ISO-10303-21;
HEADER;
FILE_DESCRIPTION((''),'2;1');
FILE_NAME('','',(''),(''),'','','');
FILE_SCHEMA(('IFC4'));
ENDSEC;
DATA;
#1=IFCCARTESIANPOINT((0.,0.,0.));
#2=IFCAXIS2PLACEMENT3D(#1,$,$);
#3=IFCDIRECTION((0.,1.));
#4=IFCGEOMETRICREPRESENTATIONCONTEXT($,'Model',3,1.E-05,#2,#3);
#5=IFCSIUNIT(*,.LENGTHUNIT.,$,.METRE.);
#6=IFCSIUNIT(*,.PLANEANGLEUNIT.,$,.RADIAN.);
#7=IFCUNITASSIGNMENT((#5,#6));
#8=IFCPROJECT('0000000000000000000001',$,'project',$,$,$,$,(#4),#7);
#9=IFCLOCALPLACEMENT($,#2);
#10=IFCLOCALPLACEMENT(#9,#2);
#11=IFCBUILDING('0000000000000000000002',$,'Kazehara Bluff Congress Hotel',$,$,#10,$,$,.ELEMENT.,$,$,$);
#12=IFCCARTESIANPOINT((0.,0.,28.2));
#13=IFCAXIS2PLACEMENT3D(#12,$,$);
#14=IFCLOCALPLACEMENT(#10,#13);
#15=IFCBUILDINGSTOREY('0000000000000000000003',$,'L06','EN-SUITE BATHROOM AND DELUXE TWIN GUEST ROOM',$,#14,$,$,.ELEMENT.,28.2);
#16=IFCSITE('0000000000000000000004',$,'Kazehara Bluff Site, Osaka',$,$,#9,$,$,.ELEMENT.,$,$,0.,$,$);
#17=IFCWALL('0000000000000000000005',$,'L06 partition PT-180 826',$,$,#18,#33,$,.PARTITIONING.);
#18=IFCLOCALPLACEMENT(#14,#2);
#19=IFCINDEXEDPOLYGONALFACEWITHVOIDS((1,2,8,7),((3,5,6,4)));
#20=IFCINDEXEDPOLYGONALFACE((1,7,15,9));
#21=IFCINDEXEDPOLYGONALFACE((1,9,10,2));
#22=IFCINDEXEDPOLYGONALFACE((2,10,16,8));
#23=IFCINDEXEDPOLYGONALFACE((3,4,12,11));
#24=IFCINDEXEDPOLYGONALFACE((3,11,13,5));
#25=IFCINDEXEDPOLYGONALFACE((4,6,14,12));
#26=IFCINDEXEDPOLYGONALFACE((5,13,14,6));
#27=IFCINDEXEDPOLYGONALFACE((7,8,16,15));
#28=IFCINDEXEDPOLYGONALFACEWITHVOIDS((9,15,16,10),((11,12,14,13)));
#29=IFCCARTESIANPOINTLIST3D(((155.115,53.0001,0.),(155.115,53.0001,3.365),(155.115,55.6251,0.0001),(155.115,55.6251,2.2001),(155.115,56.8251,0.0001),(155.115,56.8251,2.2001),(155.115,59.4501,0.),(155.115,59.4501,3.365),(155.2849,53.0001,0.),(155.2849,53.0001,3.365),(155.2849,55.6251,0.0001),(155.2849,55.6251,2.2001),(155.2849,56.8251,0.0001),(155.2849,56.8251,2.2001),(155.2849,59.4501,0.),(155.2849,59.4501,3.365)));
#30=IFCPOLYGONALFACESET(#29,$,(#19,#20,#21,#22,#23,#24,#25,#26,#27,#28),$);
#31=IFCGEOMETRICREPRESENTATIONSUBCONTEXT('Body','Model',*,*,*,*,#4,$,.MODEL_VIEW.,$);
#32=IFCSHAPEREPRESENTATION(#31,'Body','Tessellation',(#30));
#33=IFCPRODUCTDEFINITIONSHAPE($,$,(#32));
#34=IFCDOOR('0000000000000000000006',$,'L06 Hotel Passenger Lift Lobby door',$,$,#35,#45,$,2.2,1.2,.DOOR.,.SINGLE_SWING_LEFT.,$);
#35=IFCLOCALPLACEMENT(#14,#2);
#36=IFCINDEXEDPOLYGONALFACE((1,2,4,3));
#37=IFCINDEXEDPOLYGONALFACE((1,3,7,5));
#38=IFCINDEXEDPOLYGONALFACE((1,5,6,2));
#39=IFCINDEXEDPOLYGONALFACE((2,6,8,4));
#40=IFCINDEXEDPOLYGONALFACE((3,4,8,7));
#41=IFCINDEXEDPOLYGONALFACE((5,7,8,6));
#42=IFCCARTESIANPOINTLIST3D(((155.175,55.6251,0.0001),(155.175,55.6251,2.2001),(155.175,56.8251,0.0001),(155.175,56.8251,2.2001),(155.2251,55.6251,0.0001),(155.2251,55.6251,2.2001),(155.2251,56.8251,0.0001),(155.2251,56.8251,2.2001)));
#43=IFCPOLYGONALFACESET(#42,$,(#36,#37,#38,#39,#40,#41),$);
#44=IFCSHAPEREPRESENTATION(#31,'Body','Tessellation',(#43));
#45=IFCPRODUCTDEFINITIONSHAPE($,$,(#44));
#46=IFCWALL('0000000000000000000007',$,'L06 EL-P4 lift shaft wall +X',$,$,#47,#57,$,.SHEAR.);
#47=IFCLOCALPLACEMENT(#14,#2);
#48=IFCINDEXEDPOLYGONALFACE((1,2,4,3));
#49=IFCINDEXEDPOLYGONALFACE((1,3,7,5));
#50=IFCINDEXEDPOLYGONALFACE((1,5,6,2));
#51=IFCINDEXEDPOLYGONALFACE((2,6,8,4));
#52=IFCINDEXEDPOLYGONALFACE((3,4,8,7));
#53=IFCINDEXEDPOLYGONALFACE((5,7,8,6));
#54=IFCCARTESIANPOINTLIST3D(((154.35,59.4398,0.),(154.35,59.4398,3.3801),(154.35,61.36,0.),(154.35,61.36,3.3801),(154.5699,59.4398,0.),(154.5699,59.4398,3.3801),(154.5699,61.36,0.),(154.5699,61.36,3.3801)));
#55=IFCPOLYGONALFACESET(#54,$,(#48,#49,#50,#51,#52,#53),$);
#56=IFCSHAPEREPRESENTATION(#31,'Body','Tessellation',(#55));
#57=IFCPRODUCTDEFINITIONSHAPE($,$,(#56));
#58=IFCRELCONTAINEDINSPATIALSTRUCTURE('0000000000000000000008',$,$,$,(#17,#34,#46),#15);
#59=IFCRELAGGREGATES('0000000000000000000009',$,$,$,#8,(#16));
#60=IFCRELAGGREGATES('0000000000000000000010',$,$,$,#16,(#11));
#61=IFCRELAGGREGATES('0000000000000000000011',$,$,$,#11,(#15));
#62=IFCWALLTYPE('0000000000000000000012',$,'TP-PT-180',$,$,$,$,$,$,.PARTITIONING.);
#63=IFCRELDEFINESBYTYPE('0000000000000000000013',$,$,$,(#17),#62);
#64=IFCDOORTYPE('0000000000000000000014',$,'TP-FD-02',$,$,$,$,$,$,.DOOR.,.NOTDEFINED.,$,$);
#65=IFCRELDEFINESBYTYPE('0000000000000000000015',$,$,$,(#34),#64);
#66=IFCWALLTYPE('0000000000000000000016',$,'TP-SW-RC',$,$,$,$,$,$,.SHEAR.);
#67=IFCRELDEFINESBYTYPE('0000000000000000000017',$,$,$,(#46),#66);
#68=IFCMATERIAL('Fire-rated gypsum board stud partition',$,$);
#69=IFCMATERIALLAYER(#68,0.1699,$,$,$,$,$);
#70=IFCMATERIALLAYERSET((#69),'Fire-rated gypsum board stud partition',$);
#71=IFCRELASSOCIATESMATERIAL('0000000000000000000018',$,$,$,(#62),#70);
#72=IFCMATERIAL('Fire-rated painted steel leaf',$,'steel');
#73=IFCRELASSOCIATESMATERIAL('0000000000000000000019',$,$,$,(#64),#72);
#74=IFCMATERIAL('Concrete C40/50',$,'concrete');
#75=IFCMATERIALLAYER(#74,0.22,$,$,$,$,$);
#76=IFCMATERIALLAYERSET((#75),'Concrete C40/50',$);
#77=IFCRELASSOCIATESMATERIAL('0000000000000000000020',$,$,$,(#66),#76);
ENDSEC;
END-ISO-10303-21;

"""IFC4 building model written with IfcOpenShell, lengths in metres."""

from ifc_helpers import new_model, si_unit, direction, frame, frame_2d, origin, place, context, subcontext, project, spatial, rectangle, extrude, material, layer, layer_set, type_object, element, fill, save


model = new_model("IFC4")

# Units and contexts
model_context = context("Model", 3, precision=1e-05, world=origin(), true_north=direction((0.0, 1.0)))
body_context = subcontext(model_context, "Body", "Model", "MODEL_VIEW")
ifc_project = project(units=[si_unit("LENGTHUNIT", "METRE"), si_unit("PLANEANGLEUNIT", "RADIAN")], contexts=[model_context])

# Site, building, storey
site_placement = place(None, origin())
site = spatial("IfcSite", under=ifc_project, at=site_placement, Name="Kazehara Bluff Site, Osaka", CompositionType="ELEMENT", RefElevation=0.0)
building_placement = place(site_placement, origin())
building = spatial("IfcBuilding", under=site, at=building_placement, Name="Kazehara Bluff Congress Hotel", CompositionType="ELEMENT")
storey_placement = place(building_placement, frame((0.0, 0.0, 28.2)))
storey = spatial("IfcBuildingStorey", under=building, at=storey_placement, Name="L06", Description="EN-SUITE BATHROOM AND DELUXE TWIN GUEST ROOM", CompositionType="ELEMENT", Elevation=28.2)

# Wall, opening, door
ifc_material_1 = material(Name="Fire-rated gypsum board stud partition")
ifc_layer_1 = layer(ifc_material_1, 0.1699)
ifc_layer_set_1 = layer_set([ifc_layer_1], Name="Fire-rated gypsum board stud partition")
wall_type_1 = type_object("IfcWallType", Name="TP-PT-180", PredefinedType="PARTITIONING", material=ifc_layer_set_1)
wall_1_placement = place(storey_placement, frame((155.2, 53.0, 0.0), z_axis=(0.0, 0.0, 1.0), x_axis=(0.0, 1.0, 0.0)))
wall_1 = element("IfcWall", 1, at=wall_1_placement, inside=storey, type_object=wall_type_1, Name="L06 partition PT-180 826", PredefinedType="PARTITIONING", context=body_context, shape_type="SweptSolid", body=[
    extrude(rectangle(XDim=6.45, YDim=0.1699, at=frame_2d((3.2251, 0.0))), origin(), (0.0, 0.0, 1.0), 3.365),
])
opening_1_placement = place(wall_1_placement, frame((2.625, 0.0, 0.0)))
opening_1 = element("IfcOpeningElement", 2, at=opening_1_placement, cuts=wall_1, PredefinedType="OPENING", context=body_context, shape_type="SweptSolid", body=[
    extrude(rectangle(XDim=1.2, YDim=2.2, at=frame_2d((0.6001, 1.1001))), frame((0.0, 0.095, 0.0), z_axis=(0.0, -1.0, 0.0), x_axis=(1.0, 0.0, 0.0)), (0.0, 0.0, 1.0), 0.1899),
])
ifc_material_2 = material(Name="Fire-rated painted steel leaf", Category="steel")
door_type_1 = type_object("IfcDoorType", Name="TP-FD-02", OperationType="NOTDEFINED", PredefinedType="DOOR", material=ifc_material_2)
door_1_placement = place(opening_1_placement, origin())
door_1 = element("IfcDoor", 3, at=door_1_placement, inside=storey, type_object=door_type_1, Name="L06 Hotel Passenger Lift Lobby door", OperationType="SINGLE_SWING_LEFT", OverallHeight=2.2, OverallWidth=1.2, PredefinedType="DOOR", context=body_context, shape_type="SweptSolid", body=[
    extrude(rectangle(XDim=1.2, YDim=2.2, at=frame_2d((0.6001, 1.1001))), frame((0.0, 0.0249, 0.0), z_axis=(0.0, -1.0, 0.0), x_axis=(1.0, 0.0, 0.0)), (0.0, 0.0, 1.0), 0.05),
])
fill(opening_1, door_1)

# Wall
ifc_material_3 = material(Name="Concrete C40/50", Category="concrete")
ifc_layer_2 = layer(ifc_material_3, 0.22)
ifc_layer_set_2 = layer_set([ifc_layer_2], Name="Concrete C40/50")
wall_type_2 = type_object("IfcWallType", Name="TP-SW-RC", PredefinedType="SHEAR", material=ifc_layer_set_2)
wall_2_placement = place(storey_placement, frame((154.46, 59.4399, 0.0), z_axis=(0.0, 0.0, 1.0), x_axis=(0.0, 1.0, 0.0)))
element("IfcWall", 4, at=wall_2_placement, inside=storey, type_object=wall_type_2, Name="L06 EL-P4 lift shaft wall +X", PredefinedType="SHEAR", context=body_context, shape_type="SweptSolid", body=[
    extrude(rectangle(XDim=1.9202, YDim=0.22, at=frame_2d((0.96, 0.0))), origin(), (0.0, 0.0, 1.0), 3.3801),
])

save(model, "model.ifc")
